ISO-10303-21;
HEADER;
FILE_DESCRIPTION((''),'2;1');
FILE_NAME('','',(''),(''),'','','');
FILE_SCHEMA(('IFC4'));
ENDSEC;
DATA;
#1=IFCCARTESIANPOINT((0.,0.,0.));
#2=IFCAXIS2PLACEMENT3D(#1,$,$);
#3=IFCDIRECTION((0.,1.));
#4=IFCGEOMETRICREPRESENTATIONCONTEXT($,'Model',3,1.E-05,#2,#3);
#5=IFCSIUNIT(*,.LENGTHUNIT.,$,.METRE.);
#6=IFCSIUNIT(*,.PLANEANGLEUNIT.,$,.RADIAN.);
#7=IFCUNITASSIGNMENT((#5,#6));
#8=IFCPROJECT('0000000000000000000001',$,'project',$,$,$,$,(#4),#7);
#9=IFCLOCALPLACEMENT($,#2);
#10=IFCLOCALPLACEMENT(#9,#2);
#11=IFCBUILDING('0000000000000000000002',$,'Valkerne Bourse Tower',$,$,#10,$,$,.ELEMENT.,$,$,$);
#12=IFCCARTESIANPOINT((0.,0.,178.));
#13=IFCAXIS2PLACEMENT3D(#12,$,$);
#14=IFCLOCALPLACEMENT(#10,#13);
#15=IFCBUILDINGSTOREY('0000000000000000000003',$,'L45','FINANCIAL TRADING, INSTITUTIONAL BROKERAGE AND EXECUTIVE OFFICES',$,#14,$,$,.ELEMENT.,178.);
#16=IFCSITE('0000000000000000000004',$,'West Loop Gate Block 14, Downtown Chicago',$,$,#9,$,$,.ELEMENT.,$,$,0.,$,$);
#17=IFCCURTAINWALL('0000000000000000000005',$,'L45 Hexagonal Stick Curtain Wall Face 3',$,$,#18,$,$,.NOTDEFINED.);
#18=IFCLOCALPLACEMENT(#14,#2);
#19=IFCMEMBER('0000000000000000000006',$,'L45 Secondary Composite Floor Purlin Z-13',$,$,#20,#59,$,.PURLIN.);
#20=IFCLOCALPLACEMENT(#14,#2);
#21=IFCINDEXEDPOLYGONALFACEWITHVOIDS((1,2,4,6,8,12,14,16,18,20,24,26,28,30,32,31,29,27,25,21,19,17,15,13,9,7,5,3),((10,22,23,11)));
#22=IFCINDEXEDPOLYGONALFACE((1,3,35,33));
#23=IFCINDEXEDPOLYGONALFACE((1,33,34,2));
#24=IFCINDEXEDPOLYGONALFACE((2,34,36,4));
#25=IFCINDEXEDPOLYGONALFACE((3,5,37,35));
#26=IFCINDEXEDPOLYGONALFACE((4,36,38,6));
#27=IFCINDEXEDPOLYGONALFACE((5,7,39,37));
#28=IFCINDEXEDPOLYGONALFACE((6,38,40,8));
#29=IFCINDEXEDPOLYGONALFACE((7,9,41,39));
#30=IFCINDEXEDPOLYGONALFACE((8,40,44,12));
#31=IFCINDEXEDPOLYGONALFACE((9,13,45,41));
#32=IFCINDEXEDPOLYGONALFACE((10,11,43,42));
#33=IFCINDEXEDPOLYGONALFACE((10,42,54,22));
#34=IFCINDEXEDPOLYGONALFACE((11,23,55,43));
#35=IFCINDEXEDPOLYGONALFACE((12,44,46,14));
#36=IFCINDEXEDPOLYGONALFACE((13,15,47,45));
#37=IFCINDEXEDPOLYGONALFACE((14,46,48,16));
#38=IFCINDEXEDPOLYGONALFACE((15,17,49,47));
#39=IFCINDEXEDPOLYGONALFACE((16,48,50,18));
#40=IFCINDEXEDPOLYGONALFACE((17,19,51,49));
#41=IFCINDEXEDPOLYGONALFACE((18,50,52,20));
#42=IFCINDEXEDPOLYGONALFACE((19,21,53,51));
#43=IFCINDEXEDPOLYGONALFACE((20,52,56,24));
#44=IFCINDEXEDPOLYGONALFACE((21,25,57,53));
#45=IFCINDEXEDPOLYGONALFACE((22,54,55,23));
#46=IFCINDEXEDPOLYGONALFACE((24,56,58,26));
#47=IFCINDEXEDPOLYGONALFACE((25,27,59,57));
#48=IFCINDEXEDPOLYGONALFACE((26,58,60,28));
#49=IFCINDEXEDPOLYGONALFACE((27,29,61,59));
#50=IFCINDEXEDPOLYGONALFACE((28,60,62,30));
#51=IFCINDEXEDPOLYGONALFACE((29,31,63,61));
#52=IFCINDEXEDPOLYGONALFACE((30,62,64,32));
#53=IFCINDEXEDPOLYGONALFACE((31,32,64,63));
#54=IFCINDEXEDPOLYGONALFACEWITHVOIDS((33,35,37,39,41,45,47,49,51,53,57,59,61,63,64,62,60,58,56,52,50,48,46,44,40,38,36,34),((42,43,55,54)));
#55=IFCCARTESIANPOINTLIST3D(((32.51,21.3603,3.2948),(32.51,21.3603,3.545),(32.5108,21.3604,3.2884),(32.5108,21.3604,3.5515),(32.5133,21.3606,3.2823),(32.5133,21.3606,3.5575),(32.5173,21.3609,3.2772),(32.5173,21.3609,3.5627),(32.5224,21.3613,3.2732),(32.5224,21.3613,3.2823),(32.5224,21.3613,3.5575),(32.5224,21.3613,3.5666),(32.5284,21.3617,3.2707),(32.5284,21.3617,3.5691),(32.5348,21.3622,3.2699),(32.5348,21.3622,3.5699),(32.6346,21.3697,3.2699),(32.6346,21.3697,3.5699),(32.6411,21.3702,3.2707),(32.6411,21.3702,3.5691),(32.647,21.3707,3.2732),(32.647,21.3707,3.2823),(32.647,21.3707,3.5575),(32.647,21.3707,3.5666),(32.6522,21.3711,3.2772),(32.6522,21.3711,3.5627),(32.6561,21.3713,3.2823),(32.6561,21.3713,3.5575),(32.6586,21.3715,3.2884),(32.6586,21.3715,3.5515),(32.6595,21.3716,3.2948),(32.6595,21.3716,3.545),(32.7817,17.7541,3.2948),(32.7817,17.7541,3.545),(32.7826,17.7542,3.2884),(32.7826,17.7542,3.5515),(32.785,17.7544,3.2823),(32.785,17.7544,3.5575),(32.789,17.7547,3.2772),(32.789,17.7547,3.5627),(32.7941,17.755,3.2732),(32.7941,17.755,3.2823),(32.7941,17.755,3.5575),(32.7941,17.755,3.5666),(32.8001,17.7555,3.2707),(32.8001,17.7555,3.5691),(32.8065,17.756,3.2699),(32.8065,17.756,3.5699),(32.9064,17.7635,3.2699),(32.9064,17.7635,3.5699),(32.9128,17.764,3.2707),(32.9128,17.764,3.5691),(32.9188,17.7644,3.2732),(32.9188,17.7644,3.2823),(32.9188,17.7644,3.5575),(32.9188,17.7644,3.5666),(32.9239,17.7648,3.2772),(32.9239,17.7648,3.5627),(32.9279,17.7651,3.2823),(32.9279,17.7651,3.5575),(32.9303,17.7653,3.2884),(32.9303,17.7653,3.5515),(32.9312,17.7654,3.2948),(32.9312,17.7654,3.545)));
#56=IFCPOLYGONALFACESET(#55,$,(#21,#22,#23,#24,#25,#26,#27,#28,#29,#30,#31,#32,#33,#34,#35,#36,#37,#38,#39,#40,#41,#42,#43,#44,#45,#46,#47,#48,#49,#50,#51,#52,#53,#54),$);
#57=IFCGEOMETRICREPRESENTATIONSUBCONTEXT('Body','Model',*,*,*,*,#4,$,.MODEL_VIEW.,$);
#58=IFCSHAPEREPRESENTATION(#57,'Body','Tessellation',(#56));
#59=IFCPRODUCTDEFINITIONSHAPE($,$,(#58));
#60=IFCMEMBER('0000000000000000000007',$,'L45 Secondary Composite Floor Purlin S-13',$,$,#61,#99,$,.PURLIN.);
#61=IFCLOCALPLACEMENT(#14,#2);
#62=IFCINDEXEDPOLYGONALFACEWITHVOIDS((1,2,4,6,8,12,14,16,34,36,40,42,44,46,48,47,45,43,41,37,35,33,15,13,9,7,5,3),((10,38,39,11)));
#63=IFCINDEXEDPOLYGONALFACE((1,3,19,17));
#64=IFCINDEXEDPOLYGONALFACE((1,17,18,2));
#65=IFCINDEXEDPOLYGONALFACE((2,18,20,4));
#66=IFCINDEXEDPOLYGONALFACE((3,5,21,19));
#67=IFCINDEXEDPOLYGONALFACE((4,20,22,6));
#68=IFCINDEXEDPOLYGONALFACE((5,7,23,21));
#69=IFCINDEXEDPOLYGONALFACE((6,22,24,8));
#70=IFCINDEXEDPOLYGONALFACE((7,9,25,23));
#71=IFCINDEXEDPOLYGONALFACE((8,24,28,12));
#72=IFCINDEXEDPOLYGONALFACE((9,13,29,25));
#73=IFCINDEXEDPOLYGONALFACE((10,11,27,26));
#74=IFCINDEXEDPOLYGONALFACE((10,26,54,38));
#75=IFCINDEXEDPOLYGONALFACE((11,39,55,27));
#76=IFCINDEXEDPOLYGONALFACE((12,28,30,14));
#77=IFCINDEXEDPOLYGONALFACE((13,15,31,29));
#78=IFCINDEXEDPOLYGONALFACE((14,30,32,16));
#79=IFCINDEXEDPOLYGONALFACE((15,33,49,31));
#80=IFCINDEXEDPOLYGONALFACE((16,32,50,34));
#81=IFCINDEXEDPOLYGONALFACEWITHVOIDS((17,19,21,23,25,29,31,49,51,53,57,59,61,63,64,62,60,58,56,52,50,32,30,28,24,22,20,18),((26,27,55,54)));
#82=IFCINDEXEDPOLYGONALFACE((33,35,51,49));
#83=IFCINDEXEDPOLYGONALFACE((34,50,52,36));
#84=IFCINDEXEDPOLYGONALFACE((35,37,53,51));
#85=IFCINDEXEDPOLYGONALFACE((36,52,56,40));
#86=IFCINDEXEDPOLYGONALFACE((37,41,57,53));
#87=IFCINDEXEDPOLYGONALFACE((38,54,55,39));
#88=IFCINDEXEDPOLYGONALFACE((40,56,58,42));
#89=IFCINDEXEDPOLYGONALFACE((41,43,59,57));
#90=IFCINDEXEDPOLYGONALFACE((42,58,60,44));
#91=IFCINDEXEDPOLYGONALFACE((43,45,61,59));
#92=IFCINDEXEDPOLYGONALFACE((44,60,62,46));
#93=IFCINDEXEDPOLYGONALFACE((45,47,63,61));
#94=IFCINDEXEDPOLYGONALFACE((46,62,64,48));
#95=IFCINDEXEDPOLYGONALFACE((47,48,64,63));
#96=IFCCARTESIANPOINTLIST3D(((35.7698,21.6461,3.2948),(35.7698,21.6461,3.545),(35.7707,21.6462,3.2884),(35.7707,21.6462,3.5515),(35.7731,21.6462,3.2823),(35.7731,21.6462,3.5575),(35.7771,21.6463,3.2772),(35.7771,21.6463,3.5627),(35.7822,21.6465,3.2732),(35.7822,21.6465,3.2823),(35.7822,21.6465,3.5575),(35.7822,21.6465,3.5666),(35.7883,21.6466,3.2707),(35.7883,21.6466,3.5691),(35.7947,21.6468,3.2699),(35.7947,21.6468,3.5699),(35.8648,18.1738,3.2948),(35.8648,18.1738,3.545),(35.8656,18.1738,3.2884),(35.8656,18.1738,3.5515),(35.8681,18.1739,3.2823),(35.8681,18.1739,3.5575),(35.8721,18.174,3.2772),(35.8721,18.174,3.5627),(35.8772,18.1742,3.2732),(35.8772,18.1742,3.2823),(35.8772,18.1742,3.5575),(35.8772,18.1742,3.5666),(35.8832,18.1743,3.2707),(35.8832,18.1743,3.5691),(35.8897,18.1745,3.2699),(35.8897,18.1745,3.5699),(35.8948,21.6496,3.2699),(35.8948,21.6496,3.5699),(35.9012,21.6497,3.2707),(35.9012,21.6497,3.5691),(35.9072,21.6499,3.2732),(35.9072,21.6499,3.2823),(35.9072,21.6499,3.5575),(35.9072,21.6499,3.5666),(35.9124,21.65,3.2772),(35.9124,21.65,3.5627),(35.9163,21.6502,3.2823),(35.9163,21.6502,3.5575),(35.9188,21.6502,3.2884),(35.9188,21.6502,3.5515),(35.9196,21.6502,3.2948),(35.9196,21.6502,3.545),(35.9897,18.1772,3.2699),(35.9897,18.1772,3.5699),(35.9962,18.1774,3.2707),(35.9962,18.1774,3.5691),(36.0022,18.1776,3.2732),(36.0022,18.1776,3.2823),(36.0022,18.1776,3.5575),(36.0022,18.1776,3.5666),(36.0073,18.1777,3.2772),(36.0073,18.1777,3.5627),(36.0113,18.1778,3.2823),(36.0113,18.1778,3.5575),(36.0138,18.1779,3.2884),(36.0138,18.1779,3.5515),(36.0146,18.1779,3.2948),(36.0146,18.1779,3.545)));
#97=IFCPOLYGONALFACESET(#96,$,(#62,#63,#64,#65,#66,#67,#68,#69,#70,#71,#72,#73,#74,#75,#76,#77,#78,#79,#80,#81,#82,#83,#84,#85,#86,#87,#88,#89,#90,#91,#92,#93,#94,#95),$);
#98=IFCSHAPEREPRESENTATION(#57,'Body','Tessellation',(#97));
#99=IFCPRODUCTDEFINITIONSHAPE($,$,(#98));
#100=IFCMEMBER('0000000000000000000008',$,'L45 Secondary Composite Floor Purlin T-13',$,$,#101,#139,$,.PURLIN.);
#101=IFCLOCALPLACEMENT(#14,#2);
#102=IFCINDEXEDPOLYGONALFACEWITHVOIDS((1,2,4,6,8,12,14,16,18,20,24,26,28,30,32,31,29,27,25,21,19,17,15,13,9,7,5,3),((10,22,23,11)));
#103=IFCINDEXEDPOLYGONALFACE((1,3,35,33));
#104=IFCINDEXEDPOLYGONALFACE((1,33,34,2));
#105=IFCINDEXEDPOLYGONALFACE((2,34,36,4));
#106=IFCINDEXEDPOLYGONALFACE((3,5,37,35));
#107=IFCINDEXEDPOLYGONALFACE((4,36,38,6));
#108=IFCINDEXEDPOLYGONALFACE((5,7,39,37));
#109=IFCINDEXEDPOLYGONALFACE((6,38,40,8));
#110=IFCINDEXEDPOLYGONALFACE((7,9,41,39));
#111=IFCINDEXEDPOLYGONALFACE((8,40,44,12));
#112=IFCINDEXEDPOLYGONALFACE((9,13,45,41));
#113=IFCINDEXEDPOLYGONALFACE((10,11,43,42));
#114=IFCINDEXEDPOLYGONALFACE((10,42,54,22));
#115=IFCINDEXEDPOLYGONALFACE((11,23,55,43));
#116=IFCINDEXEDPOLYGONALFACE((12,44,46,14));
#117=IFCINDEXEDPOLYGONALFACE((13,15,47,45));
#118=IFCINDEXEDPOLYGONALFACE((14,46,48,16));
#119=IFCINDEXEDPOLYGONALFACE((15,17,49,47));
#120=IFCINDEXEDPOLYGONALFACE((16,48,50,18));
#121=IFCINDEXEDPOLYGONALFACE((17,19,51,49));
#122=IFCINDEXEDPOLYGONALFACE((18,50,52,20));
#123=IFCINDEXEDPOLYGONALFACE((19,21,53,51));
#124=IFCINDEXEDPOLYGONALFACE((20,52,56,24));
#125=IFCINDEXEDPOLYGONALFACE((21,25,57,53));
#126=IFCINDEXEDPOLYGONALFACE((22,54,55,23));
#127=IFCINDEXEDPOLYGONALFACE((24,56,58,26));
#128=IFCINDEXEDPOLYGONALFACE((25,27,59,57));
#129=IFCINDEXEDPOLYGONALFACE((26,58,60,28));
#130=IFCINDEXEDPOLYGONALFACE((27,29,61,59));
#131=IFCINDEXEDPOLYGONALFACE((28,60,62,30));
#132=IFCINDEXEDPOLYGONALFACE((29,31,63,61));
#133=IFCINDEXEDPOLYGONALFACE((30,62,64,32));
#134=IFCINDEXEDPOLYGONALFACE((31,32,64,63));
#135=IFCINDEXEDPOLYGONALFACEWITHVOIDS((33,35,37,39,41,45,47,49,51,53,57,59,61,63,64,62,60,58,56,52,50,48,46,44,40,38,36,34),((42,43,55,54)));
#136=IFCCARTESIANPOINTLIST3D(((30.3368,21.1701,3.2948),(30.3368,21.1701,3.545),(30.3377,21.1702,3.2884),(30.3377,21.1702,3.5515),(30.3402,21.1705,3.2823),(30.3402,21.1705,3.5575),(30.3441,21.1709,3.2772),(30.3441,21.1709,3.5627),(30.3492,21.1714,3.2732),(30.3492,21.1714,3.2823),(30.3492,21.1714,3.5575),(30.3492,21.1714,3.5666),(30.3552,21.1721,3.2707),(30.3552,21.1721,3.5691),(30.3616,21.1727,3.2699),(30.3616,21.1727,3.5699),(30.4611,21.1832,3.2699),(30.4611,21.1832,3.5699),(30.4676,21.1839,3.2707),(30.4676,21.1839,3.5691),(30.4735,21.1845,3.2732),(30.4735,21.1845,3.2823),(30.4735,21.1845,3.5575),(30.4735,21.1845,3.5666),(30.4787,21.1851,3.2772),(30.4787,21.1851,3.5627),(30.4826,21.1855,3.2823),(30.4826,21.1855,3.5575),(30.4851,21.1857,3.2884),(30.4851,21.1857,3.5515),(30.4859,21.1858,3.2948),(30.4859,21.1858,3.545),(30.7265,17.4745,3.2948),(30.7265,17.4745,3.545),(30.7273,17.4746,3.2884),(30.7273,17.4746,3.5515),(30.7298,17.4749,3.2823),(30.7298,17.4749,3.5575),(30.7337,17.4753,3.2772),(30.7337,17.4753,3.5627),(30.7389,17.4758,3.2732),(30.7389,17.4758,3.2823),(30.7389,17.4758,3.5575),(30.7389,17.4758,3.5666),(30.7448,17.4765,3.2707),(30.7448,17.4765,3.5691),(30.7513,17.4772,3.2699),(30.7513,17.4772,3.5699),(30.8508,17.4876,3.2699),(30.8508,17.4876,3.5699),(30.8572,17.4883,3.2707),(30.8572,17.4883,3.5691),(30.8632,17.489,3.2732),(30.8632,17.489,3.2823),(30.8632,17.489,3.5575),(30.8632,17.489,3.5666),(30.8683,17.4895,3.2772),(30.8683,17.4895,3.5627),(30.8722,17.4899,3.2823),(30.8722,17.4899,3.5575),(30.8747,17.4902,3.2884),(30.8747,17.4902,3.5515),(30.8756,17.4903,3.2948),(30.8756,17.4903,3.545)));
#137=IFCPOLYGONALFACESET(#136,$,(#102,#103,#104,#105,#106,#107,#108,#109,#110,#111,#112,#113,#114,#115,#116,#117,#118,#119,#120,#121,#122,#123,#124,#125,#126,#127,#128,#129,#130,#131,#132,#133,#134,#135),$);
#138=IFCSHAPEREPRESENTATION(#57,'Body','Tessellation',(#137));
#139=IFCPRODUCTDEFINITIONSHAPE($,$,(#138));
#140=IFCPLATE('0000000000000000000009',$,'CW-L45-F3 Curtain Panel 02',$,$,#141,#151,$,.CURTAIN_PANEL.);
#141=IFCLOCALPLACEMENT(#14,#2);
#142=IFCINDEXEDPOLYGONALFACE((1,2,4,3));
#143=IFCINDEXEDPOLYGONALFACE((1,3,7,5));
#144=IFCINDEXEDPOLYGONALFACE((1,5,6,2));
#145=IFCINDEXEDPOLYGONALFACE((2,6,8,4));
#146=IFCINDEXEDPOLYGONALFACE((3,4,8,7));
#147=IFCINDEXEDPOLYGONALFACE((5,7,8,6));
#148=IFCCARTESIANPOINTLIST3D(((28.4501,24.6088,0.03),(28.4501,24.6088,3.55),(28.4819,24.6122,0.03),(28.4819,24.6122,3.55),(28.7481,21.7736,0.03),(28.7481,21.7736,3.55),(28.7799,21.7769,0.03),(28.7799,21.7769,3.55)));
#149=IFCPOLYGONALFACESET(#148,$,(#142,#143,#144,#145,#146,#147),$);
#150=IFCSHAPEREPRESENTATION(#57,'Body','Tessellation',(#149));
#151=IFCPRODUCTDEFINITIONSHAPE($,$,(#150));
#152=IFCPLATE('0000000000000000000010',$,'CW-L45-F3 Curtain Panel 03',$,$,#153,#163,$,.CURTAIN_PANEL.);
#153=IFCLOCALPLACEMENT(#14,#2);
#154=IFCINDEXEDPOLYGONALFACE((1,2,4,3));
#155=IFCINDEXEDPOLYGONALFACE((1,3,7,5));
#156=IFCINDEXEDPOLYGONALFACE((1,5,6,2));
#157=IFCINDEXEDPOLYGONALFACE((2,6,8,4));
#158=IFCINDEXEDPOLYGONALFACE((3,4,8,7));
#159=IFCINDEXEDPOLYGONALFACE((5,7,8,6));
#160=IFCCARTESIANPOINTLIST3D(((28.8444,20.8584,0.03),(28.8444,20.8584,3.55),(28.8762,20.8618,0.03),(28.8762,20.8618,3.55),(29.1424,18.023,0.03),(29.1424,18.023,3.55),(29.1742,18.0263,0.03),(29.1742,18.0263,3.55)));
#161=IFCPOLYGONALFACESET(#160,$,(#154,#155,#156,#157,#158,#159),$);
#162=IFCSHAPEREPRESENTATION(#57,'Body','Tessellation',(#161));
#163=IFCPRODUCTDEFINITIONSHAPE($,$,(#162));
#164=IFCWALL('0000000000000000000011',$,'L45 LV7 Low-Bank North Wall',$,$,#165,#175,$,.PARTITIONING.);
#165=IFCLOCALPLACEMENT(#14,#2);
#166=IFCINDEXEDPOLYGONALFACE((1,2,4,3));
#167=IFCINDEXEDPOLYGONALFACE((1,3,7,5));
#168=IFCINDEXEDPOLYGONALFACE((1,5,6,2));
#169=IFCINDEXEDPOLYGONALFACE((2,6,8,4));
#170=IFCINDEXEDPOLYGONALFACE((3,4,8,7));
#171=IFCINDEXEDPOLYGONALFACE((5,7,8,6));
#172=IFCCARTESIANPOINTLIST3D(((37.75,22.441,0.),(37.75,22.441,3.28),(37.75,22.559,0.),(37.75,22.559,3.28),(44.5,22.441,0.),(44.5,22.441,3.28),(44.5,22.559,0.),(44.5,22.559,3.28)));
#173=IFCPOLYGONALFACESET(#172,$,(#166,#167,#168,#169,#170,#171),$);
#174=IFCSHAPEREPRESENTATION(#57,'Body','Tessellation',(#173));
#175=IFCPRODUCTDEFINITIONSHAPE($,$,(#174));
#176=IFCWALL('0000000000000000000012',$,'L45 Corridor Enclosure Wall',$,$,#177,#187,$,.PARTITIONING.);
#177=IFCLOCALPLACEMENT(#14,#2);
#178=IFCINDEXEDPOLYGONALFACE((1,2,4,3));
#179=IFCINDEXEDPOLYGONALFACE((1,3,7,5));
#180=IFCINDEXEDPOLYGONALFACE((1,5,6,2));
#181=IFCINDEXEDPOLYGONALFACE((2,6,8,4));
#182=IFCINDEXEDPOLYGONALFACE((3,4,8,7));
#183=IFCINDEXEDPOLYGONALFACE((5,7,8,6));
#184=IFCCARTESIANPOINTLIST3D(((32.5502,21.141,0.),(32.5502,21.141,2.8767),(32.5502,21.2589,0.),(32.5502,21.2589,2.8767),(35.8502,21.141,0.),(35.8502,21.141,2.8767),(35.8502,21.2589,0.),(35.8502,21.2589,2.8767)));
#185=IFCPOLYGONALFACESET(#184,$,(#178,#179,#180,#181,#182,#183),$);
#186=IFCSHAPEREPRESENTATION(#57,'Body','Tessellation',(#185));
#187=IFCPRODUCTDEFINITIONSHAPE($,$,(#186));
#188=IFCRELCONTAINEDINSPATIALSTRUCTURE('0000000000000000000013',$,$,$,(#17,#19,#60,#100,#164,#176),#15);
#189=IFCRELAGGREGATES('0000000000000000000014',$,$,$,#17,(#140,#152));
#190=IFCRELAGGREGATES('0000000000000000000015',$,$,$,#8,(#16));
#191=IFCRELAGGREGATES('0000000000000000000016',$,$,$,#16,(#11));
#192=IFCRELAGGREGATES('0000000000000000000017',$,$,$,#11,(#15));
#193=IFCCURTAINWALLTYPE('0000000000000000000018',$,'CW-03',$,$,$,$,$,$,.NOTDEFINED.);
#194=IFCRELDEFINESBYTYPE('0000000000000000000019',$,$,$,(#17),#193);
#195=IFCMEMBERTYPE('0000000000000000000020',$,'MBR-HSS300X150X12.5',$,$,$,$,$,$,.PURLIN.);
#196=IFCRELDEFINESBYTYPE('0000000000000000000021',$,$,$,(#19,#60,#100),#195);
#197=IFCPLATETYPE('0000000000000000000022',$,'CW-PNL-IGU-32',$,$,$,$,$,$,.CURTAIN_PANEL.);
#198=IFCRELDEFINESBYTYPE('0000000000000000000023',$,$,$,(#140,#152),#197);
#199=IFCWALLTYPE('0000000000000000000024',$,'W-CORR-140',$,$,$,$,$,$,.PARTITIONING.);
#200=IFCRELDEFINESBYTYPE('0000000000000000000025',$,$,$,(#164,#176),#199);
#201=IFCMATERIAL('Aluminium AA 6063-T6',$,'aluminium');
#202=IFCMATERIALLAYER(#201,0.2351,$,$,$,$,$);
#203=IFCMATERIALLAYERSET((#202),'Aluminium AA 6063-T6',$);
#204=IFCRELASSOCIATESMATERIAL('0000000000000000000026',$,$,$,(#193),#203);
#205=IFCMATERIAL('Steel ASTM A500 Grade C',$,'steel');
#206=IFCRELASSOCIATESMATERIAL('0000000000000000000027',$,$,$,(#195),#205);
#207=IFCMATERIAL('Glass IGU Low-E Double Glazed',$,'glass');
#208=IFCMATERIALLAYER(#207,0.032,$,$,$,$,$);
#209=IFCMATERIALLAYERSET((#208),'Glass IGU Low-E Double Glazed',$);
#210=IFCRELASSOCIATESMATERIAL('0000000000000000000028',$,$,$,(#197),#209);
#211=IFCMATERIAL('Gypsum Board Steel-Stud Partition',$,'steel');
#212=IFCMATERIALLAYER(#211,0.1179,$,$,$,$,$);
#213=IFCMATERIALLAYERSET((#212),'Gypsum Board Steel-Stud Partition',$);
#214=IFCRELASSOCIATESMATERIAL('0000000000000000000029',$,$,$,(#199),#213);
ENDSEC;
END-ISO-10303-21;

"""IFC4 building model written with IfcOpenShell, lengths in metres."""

from ifc_helpers import new_model, si_unit, direction, frame, frame_2d, origin, origin_2d, place, context, subcontext, project, spatial, rectangle, hollow_rectangle, extrude, material, layer, layer_set, material_profile, profile_set, type_object, element, aggregate, save


model = new_model("IFC4")

# Units and contexts
model_context = context("Model", 3, precision=1e-05, world=origin(), true_north=direction((0.0, 1.0)))
body_context = subcontext(model_context, "Body", "Model", "MODEL_VIEW")
ifc_project = project(units=[si_unit("LENGTHUNIT", "METRE"), si_unit("PLANEANGLEUNIT", "RADIAN")], contexts=[model_context])

# Site, building, storey
site_placement = place(None, origin())
site = spatial("IfcSite", under=ifc_project, at=site_placement, Name="West Loop Gate Block 14, Downtown Chicago", CompositionType="ELEMENT", RefElevation=0.0)
building_placement = place(site_placement, origin())
building = spatial("IfcBuilding", under=site, at=building_placement, Name="Valkerne Bourse Tower", CompositionType="ELEMENT")
storey_placement = place(building_placement, frame((0.0, 0.0, 178.0)))
storey = spatial("IfcBuildingStorey", under=building, at=storey_placement, Name="L45", Description="FINANCIAL TRADING, INSTITUTIONAL BROKERAGE AND EXECUTIVE OFFICES", CompositionType="ELEMENT", Elevation=178.0)

# Curtain wall
ifc_material_1 = material(Name="Aluminium AA 6063-T6", Category="aluminium")
ifc_layer_1 = layer(ifc_material_1, 0.2351)
ifc_layer_set_1 = layer_set([ifc_layer_1], Name="Aluminium AA 6063-T6")
curtain_wall_type = type_object("IfcCurtainWallType", Name="CW-03", PredefinedType="NOTDEFINED", material=ifc_layer_set_1)
curtain_wall_placement = place(storey_placement, origin())
curtain_wall = element("IfcCurtainWall", 1, at=curtain_wall_placement, inside=storey, type_object=curtain_wall_type, Name="L45 Hexagonal Stick Curtain Wall Face 3", PredefinedType="NOTDEFINED")

# Members
ifc_material_2 = material(Name="Steel ASTM A500 Grade C", Category="steel")
ifc_material_profile_1 = material_profile(ifc_material_2, hollow_rectangle(XDim=0.1499, YDim=0.3, WallThickness=0.0125, OuterFilletRadius=0.0249, at=origin_2d()), Name="HSS300X150X12.5")
ifc_profile_set_1 = profile_set([ifc_material_profile_1], Name="Steel ASTM A500 Grade C")
member_type_1 = type_object("IfcMemberType", Name="MBR-HSS300X150X12.5", PredefinedType="PURLIN", material=ifc_profile_set_1)
member_1_placement = place(storey_placement, frame((32.5847, 21.366, 3.4199), z_axis=(0.075137, -0.997173, 0.0), x_axis=(0.997173, 0.075137, 0.0)))
element("IfcMember", 2, at=member_1_placement, inside=storey, type_object=member_type_1, Name="L45 Secondary Composite Floor Purlin Z-13", PredefinedType="PURLIN", context=body_context, shape_type="SweptSolid", body=[
    extrude(hollow_rectangle(XDim=0.1499, YDim=0.3, WallThickness=0.0125, OuterFilletRadius=0.0249, at=origin_2d()), origin(), (0.0, 0.0, 1.0), 3.6165),
])
member_2_placement = place(storey_placement, frame((35.8447, 21.6482, 3.4199), z_axis=(0.02734, -0.999626, 0.0), x_axis=(0.999626, 0.02734, 0.0)))
element("IfcMember", 3, at=member_2_placement, inside=storey, type_object=member_type_1, Name="L45 Secondary Composite Floor Purlin S-13", PredefinedType="PURLIN", context=body_context, shape_type="SweptSolid", body=[
    extrude(hollow_rectangle(XDim=0.1499, YDim=0.3, WallThickness=0.0125, OuterFilletRadius=0.0249, at=origin_2d()), origin(), (0.0, 0.0, 1.0), 3.4736),
])
member_3_placement = place(storey_placement, frame((30.4114, 21.178, 3.4199), z_axis=(0.104856, -0.994487, 0.0), x_axis=(0.994487, 0.104856, 0.0)))
element("IfcMember", 4, at=member_3_placement, inside=storey, type_object=member_type_1, Name="L45 Secondary Composite Floor Purlin T-13", PredefinedType="PURLIN", context=body_context, shape_type="SweptSolid", body=[
    extrude(hollow_rectangle(XDim=0.1499, YDim=0.3, WallThickness=0.0125, OuterFilletRadius=0.0249, at=origin_2d()), origin(), (0.0, 0.0, 1.0), 3.7161),
])

# Plates
ifc_material_3 = material(Name="Glass IGU Low-E Double Glazed", Category="glass")
ifc_layer_2 = layer(ifc_material_3, 0.032)
ifc_layer_set_2 = layer_set([ifc_layer_2], Name="Glass IGU Low-E Double Glazed")
plate_type = type_object("IfcPlateType", Name="CW-PNL-IGU-32", PredefinedType="CURTAIN_PANEL", material=ifc_layer_set_2)
plate_1_placement = place(storey_placement, frame((28.615, 23.1929, 0.03), z_axis=(0.0, 0.0, 1.0), x_axis=(0.104509, -0.994524, 0.0)))
plate_1 = element("IfcPlate", 5, at=plate_1_placement, type_object=plate_type, Name="CW-L45-F3 Curtain Panel 02", PredefinedType="CURTAIN_PANEL", context=body_context, shape_type="SweptSolid", body=[
    extrude(rectangle(XDim=2.8508, YDim=0.032, at=origin_2d()), origin(), (0.0, 0.0, 1.0), 3.52),
])
plate_2_placement = place(storey_placement, frame((29.0093, 19.4424, 0.03), z_axis=(0.0, 0.0, 1.0), x_axis=(0.104533, -0.994521, 0.0)))
plate_2 = element("IfcPlate", 6, at=plate_2_placement, type_object=plate_type, Name="CW-L45-F3 Curtain Panel 03", PredefinedType="CURTAIN_PANEL", context=body_context, shape_type="SweptSolid", body=[
    extrude(rectangle(XDim=2.8511, YDim=0.032, at=origin_2d()), origin(), (0.0, 0.0, 1.0), 3.52),
])
aggregate(curtain_wall, [plate_1, plate_2])

# Walls
ifc_material_4 = material(Name="Gypsum Board Steel-Stud Partition", Category="steel")
ifc_layer_3 = layer(ifc_material_4, 0.1179)
ifc_layer_set_3 = layer_set([ifc_layer_3], Name="Gypsum Board Steel-Stud Partition")
wall_type_1 = type_object("IfcWallType", Name="W-CORR-140", PredefinedType="PARTITIONING", material=ifc_layer_set_3)
wall_1_placement = place(storey_placement, frame((37.75, 22.5, 0.0), z_axis=(0.0, 0.0, 1.0), x_axis=(1.0, 0.0, 0.0)))
element("IfcWall", 7, at=wall_1_placement, inside=storey, type_object=wall_type_1, Name="L45 LV7 Low-Bank North Wall", PredefinedType="PARTITIONING", context=body_context, shape_type="SweptSolid", body=[
    extrude(rectangle(XDim=6.75, YDim=0.1179, at=frame_2d((3.375, 0.0))), origin(), (0.0, 0.0, 1.0), 3.28),
])
wall_2_placement = place(storey_placement, frame((35.8501, 21.2, 0.0), z_axis=(0.0, 0.0, 1.0), x_axis=(-1.0, 0.0, 0.0)))
element("IfcWall", 8, at=wall_2_placement, inside=storey, type_object=wall_type_1, Name="L45 Corridor Enclosure Wall", PredefinedType="PARTITIONING", context=body_context, shape_type="SweptSolid", body=[
    extrude(rectangle(XDim=3.3, YDim=0.1179, at=frame_2d((1.6499, 0.0))), origin(), (0.0, 0.0, 1.0), 2.8767),
])

save(model, "model.ifc")
